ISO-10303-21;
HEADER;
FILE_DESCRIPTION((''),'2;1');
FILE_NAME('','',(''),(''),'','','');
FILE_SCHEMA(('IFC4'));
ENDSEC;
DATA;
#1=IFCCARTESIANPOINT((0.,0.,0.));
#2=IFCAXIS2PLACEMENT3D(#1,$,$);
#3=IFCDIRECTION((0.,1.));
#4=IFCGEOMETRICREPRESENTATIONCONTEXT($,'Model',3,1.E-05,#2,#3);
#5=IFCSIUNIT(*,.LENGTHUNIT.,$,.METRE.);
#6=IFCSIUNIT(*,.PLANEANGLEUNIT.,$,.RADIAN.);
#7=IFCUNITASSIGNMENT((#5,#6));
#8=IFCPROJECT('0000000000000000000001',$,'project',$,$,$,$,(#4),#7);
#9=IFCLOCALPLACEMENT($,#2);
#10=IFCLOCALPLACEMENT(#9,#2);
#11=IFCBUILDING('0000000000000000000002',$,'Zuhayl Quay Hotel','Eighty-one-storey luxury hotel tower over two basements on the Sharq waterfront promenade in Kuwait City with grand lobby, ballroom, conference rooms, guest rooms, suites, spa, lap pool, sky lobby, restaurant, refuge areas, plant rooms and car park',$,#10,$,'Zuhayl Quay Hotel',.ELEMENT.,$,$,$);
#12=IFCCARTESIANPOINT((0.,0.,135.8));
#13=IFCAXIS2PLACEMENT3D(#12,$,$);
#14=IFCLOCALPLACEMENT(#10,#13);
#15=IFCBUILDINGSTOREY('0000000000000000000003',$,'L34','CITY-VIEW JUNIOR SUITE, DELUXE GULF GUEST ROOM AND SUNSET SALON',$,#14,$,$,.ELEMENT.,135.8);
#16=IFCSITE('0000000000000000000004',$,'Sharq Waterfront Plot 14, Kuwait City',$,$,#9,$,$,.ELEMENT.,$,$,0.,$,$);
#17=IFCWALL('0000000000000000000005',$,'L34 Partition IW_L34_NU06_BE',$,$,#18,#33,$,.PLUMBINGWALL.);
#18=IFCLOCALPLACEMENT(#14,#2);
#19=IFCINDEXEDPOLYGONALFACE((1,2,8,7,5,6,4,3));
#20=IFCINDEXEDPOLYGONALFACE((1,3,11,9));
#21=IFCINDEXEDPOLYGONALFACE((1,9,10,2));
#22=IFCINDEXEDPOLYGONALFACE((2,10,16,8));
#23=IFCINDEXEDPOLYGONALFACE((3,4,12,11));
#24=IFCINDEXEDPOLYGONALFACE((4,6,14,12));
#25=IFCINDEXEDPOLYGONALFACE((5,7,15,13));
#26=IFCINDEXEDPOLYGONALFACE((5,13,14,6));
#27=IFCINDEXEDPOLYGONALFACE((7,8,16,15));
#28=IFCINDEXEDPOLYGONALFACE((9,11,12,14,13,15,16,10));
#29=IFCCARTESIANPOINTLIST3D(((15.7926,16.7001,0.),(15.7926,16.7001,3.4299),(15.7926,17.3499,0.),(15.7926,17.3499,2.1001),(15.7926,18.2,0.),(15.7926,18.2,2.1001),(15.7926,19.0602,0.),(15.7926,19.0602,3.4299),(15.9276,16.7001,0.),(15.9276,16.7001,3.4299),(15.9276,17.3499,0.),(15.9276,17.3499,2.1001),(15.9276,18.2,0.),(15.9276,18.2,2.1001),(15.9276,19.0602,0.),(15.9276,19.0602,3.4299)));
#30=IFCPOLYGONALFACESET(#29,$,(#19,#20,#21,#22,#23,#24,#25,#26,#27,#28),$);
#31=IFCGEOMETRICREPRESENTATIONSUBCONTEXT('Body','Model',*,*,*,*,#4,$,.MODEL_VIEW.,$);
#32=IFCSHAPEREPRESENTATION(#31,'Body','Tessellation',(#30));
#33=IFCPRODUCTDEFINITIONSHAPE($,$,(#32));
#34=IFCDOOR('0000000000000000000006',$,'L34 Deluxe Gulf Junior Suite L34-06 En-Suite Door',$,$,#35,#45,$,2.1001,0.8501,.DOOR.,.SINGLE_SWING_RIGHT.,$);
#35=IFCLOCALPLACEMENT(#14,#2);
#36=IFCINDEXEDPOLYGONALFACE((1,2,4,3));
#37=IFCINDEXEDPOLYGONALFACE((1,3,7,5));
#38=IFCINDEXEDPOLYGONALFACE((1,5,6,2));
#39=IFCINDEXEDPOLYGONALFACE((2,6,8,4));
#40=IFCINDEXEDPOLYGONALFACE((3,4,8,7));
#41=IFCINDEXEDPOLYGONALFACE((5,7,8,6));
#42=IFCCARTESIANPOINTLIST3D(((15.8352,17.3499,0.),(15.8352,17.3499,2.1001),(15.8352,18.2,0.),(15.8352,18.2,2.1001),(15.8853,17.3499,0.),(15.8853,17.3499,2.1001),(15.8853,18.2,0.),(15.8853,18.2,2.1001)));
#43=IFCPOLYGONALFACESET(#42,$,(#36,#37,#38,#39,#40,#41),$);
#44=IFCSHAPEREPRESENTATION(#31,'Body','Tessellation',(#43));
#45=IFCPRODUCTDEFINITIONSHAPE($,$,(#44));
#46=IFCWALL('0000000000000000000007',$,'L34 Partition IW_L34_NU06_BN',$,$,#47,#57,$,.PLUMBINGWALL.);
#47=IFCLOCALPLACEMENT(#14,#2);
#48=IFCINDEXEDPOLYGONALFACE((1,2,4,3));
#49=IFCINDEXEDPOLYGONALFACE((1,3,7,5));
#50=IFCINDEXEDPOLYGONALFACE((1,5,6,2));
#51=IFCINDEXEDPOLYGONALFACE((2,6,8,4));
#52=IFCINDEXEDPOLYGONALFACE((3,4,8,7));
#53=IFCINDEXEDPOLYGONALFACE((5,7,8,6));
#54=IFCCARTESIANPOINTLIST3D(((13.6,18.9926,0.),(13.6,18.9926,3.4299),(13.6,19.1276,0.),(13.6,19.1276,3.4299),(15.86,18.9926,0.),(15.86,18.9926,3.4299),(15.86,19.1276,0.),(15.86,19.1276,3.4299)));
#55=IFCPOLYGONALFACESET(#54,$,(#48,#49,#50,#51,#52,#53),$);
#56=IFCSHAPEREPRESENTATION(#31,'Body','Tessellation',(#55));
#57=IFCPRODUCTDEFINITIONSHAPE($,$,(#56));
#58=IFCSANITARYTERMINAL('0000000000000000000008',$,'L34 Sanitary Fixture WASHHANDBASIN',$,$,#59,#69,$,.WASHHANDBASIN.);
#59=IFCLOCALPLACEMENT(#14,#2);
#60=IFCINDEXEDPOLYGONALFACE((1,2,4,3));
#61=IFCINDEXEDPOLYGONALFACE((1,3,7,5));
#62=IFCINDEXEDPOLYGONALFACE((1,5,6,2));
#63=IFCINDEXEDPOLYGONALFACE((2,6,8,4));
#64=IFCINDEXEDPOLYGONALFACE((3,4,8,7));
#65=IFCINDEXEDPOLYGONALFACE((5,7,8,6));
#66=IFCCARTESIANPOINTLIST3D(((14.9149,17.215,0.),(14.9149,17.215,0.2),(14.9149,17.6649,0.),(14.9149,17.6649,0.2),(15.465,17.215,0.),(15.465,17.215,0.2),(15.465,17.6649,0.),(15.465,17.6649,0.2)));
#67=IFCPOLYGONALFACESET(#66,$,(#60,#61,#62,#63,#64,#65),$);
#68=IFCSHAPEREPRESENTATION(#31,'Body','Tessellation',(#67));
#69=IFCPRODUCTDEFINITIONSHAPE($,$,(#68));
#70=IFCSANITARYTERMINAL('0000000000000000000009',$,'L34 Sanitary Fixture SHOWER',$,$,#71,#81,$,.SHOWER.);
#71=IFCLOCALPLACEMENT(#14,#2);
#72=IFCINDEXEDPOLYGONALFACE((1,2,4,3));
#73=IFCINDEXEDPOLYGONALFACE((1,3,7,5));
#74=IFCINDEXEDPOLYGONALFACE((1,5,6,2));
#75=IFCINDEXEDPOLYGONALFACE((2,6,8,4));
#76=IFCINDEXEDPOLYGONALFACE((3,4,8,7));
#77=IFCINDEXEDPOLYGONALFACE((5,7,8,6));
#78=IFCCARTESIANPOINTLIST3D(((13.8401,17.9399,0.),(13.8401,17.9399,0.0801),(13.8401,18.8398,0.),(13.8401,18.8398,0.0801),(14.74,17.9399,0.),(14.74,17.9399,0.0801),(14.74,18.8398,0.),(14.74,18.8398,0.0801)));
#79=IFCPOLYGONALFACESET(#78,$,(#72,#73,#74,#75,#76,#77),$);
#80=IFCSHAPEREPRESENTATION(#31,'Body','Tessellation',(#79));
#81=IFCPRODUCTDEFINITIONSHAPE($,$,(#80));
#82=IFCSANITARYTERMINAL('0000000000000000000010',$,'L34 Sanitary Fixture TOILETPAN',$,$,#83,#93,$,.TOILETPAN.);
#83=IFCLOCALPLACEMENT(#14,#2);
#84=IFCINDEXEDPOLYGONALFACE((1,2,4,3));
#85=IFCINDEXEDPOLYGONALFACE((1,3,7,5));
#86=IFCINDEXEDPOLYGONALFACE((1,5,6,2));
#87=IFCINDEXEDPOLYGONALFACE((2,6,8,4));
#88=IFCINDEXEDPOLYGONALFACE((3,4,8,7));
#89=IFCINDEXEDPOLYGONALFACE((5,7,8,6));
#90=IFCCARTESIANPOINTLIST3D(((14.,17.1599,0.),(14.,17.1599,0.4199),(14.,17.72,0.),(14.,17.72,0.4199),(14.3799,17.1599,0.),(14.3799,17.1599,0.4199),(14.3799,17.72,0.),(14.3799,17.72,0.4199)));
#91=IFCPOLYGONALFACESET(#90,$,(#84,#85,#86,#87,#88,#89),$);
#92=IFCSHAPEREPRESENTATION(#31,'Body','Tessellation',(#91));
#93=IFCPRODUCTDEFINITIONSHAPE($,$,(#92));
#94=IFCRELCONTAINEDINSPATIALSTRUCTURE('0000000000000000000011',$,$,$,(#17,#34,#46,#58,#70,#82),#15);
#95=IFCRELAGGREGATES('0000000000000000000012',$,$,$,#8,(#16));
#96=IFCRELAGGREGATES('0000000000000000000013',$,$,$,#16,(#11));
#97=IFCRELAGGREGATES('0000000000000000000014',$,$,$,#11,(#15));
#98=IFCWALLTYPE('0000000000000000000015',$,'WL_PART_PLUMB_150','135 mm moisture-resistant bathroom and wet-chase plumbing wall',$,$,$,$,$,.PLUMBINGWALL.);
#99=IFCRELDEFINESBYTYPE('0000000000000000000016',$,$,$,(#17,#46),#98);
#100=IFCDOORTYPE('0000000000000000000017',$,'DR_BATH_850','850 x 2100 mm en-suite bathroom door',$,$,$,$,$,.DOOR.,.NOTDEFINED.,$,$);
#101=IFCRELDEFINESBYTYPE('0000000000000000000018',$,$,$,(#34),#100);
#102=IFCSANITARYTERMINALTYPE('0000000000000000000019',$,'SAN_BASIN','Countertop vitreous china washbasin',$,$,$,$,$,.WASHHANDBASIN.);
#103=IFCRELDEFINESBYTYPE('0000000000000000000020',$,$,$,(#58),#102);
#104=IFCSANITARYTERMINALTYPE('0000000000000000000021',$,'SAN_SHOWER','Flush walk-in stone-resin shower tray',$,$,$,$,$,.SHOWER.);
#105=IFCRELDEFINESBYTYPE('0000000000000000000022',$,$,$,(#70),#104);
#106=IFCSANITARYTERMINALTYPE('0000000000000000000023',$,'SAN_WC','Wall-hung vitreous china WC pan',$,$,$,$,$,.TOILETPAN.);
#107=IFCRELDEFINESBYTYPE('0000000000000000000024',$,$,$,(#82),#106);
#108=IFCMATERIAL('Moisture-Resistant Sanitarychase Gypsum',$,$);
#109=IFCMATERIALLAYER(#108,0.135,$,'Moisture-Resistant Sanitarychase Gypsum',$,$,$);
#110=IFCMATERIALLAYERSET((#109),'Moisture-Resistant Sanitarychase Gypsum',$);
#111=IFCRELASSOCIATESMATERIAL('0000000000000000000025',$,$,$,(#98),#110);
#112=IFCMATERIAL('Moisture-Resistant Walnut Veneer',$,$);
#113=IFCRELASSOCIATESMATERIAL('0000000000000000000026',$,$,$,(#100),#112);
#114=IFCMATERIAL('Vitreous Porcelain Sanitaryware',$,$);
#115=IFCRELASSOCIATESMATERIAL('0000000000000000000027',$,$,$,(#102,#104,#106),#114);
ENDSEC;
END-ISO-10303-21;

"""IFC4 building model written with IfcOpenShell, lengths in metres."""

from ifc_helpers import new_model, si_unit, direction, frame, frame_2d, origin, origin_2d, place, context, subcontext, project, spatial, rectangle, extrude, material, layer, layer_set, type_object, element, fill, save


model = new_model("IFC4")

# Units and contexts
model_context = context("Model", 3, precision=1e-05, world=origin(), true_north=direction((0.0, 1.0)))
body_context = subcontext(model_context, "Body", "Model", "MODEL_VIEW")
ifc_project = project(units=[si_unit("LENGTHUNIT", "METRE"), si_unit("PLANEANGLEUNIT", "RADIAN")], contexts=[model_context])

# Site, building, storey
site_placement = place(None, origin())
site = spatial("IfcSite", under=ifc_project, at=site_placement, Name="Sharq Waterfront Plot 14, Kuwait City", CompositionType="ELEMENT", RefElevation=0.0)
building_placement = place(site_placement, origin())
building = spatial("IfcBuilding", under=site, at=building_placement, Name="Zuhayl Quay Hotel", Description="Eighty-one-storey luxury hotel tower over two basements on the Sharq waterfront promenade in Kuwait City with grand lobby, ballroom, conference rooms, guest rooms, suites, spa, lap pool, sky lobby, restaurant, refuge areas, plant rooms and car park", LongName="Zuhayl Quay Hotel", CompositionType="ELEMENT")
storey_placement = place(building_placement, frame((0.0, 0.0, 135.8)))
storey = spatial("IfcBuildingStorey", under=building, at=storey_placement, Name="L34", Description="CITY-VIEW JUNIOR SUITE, DELUXE GULF GUEST ROOM AND SUNSET SALON", CompositionType="ELEMENT", Elevation=135.8)

# Wall, opening, door
ifc_material_1 = material(Name="Moisture-Resistant Sanitarychase Gypsum")
ifc_layer_1 = layer(ifc_material_1, 0.135, Name="Moisture-Resistant Sanitarychase Gypsum")
ifc_layer_set_1 = layer_set([ifc_layer_1], Name="Moisture-Resistant Sanitarychase Gypsum")
wall_type_1 = type_object("IfcWallType", Name="WL_PART_PLUMB_150", Description="135 mm moisture-resistant bathroom and wet-chase plumbing wall", PredefinedType="PLUMBINGWALL", material=ifc_layer_set_1)
wall_1_placement = place(storey_placement, frame((15.8601, 16.7, 0.0), z_axis=(0.0, 0.0, 1.0), x_axis=(0.0, 1.0, 0.0)))
wall_1 = element("IfcWall", 1, at=wall_1_placement, inside=storey, type_object=wall_type_1, Name="L34 Partition IW_L34_NU06_BE", PredefinedType="PLUMBINGWALL", context=body_context, shape_type="SweptSolid", body=[
    extrude(rectangle(XDim=2.3601, YDim=0.135, at=frame_2d((1.1802, 0.0))), origin(), (0.0, 0.0, 1.0), 3.4299),
])
opening_1_placement = place(wall_1_placement, frame((0.6499, 0.0, 0.0)))
opening_1 = element("IfcOpeningElement", 2, at=opening_1_placement, cuts=wall_1, PredefinedType="OPENING", context=body_context, shape_type="SweptSolid", body=[
    extrude(rectangle(XDim=0.8501, YDim=2.1001, at=frame_2d((0.425, 1.05))), frame((0.0, 0.0774, 0.0), z_axis=(0.0, -1.0, 0.0), x_axis=(1.0, 0.0, 0.0)), (0.0, 0.0, 1.0), 0.155),
])
ifc_material_2 = material(Name="Moisture-Resistant Walnut Veneer")
door_type_1 = type_object("IfcDoorType", Name="DR_BATH_850", Description="850 x 2100 mm en-suite bathroom door", OperationType="NOTDEFINED", PredefinedType="DOOR", material=ifc_material_2)
door_1_placement = place(opening_1_placement, origin())
door_1 = element("IfcDoor", 3, at=door_1_placement, inside=storey, type_object=door_type_1, Name="L34 Deluxe Gulf Junior Suite L34-06 En-Suite Door", OperationType="SINGLE_SWING_RIGHT", OverallHeight=2.1001, OverallWidth=0.8501, PredefinedType="DOOR", context=body_context, shape_type="SweptSolid", body=[
    extrude(rectangle(XDim=0.8501, YDim=2.1001, at=frame_2d((0.425, 1.05))), frame((0.0, 0.0249, 0.0), z_axis=(0.0, -1.0, 0.0), x_axis=(1.0, 0.0, 0.0)), (0.0, 0.0, 1.0), 0.05),
])
fill(opening_1, door_1)

# Wall
wall_2_placement = place(storey_placement, frame((13.6001, 19.0601, 0.0), z_axis=(0.0, 0.0, 1.0), x_axis=(1.0, 0.0, 0.0)))
element("IfcWall", 4, at=wall_2_placement, inside=storey, type_object=wall_type_1, Name="L34 Partition IW_L34_NU06_BN", PredefinedType="PLUMBINGWALL", context=body_context, shape_type="SweptSolid", body=[
    extrude(rectangle(XDim=2.26, YDim=0.135, at=frame_2d((1.1299, 0.0))), origin(), (0.0, 0.0, 1.0), 3.4299),
])

# Sanitary terminals
ifc_material_3 = material(Name="Vitreous Porcelain Sanitaryware")
sanitary_terminal_type_1 = type_object("IfcSanitaryTerminalType", Name="SAN_BASIN", Description="Countertop vitreous china washbasin", PredefinedType="WASHHANDBASIN", material=ifc_material_3)
sanitary_terminal_1_placement = place(storey_placement, frame((15.1899, 17.4399, 0.0), z_axis=(0.0, 0.0, 1.0), x_axis=(1.0, 0.0, 0.0)))
element("IfcSanitaryTerminal", 5, at=sanitary_terminal_1_placement, inside=storey, type_object=sanitary_terminal_type_1, Name="L34 Sanitary Fixture WASHHANDBASIN", PredefinedType="WASHHANDBASIN", context=body_context, shape_type="SweptSolid", body=[
    extrude(rectangle(XDim=0.55, YDim=0.45, at=origin_2d()), origin(), (0.0, 0.0, 1.0), 0.2),
])
sanitary_terminal_type_2 = type_object("IfcSanitaryTerminalType", Name="SAN_SHOWER", Description="Flush walk-in stone-resin shower tray", PredefinedType="SHOWER", material=ifc_material_3)
sanitary_terminal_2_placement = place(storey_placement, frame((14.29, 18.3899, 0.0), z_axis=(0.0, 0.0, 1.0), x_axis=(1.0, 0.0, 0.0)))
element("IfcSanitaryTerminal", 6, at=sanitary_terminal_2_placement, inside=storey, type_object=sanitary_terminal_type_2, Name="L34 Sanitary Fixture SHOWER", PredefinedType="SHOWER", context=body_context, shape_type="SweptSolid", body=[
    extrude(rectangle(XDim=0.8999, YDim=0.8999, at=origin_2d()), origin(), (0.0, 0.0, 1.0), 0.0801),
])
sanitary_terminal_type_3 = type_object("IfcSanitaryTerminalType", Name="SAN_WC", Description="Wall-hung vitreous china WC pan", PredefinedType="TOILETPAN", material=ifc_material_3)
sanitary_terminal_3_placement = place(storey_placement, frame((14.1899, 17.4399, 0.0), z_axis=(0.0, 0.0, 1.0), x_axis=(1.0, 0.0, 0.0)))
element("IfcSanitaryTerminal", 7, at=sanitary_terminal_3_placement, inside=storey, type_object=sanitary_terminal_type_3, Name="L34 Sanitary Fixture TOILETPAN", PredefinedType="TOILETPAN", context=body_context, shape_type="SweptSolid", body=[
    extrude(rectangle(XDim=0.3799, YDim=0.5601, at=origin_2d()), origin(), (0.0, 0.0, 1.0), 0.4199),
])

save(model, "model.ifc")
